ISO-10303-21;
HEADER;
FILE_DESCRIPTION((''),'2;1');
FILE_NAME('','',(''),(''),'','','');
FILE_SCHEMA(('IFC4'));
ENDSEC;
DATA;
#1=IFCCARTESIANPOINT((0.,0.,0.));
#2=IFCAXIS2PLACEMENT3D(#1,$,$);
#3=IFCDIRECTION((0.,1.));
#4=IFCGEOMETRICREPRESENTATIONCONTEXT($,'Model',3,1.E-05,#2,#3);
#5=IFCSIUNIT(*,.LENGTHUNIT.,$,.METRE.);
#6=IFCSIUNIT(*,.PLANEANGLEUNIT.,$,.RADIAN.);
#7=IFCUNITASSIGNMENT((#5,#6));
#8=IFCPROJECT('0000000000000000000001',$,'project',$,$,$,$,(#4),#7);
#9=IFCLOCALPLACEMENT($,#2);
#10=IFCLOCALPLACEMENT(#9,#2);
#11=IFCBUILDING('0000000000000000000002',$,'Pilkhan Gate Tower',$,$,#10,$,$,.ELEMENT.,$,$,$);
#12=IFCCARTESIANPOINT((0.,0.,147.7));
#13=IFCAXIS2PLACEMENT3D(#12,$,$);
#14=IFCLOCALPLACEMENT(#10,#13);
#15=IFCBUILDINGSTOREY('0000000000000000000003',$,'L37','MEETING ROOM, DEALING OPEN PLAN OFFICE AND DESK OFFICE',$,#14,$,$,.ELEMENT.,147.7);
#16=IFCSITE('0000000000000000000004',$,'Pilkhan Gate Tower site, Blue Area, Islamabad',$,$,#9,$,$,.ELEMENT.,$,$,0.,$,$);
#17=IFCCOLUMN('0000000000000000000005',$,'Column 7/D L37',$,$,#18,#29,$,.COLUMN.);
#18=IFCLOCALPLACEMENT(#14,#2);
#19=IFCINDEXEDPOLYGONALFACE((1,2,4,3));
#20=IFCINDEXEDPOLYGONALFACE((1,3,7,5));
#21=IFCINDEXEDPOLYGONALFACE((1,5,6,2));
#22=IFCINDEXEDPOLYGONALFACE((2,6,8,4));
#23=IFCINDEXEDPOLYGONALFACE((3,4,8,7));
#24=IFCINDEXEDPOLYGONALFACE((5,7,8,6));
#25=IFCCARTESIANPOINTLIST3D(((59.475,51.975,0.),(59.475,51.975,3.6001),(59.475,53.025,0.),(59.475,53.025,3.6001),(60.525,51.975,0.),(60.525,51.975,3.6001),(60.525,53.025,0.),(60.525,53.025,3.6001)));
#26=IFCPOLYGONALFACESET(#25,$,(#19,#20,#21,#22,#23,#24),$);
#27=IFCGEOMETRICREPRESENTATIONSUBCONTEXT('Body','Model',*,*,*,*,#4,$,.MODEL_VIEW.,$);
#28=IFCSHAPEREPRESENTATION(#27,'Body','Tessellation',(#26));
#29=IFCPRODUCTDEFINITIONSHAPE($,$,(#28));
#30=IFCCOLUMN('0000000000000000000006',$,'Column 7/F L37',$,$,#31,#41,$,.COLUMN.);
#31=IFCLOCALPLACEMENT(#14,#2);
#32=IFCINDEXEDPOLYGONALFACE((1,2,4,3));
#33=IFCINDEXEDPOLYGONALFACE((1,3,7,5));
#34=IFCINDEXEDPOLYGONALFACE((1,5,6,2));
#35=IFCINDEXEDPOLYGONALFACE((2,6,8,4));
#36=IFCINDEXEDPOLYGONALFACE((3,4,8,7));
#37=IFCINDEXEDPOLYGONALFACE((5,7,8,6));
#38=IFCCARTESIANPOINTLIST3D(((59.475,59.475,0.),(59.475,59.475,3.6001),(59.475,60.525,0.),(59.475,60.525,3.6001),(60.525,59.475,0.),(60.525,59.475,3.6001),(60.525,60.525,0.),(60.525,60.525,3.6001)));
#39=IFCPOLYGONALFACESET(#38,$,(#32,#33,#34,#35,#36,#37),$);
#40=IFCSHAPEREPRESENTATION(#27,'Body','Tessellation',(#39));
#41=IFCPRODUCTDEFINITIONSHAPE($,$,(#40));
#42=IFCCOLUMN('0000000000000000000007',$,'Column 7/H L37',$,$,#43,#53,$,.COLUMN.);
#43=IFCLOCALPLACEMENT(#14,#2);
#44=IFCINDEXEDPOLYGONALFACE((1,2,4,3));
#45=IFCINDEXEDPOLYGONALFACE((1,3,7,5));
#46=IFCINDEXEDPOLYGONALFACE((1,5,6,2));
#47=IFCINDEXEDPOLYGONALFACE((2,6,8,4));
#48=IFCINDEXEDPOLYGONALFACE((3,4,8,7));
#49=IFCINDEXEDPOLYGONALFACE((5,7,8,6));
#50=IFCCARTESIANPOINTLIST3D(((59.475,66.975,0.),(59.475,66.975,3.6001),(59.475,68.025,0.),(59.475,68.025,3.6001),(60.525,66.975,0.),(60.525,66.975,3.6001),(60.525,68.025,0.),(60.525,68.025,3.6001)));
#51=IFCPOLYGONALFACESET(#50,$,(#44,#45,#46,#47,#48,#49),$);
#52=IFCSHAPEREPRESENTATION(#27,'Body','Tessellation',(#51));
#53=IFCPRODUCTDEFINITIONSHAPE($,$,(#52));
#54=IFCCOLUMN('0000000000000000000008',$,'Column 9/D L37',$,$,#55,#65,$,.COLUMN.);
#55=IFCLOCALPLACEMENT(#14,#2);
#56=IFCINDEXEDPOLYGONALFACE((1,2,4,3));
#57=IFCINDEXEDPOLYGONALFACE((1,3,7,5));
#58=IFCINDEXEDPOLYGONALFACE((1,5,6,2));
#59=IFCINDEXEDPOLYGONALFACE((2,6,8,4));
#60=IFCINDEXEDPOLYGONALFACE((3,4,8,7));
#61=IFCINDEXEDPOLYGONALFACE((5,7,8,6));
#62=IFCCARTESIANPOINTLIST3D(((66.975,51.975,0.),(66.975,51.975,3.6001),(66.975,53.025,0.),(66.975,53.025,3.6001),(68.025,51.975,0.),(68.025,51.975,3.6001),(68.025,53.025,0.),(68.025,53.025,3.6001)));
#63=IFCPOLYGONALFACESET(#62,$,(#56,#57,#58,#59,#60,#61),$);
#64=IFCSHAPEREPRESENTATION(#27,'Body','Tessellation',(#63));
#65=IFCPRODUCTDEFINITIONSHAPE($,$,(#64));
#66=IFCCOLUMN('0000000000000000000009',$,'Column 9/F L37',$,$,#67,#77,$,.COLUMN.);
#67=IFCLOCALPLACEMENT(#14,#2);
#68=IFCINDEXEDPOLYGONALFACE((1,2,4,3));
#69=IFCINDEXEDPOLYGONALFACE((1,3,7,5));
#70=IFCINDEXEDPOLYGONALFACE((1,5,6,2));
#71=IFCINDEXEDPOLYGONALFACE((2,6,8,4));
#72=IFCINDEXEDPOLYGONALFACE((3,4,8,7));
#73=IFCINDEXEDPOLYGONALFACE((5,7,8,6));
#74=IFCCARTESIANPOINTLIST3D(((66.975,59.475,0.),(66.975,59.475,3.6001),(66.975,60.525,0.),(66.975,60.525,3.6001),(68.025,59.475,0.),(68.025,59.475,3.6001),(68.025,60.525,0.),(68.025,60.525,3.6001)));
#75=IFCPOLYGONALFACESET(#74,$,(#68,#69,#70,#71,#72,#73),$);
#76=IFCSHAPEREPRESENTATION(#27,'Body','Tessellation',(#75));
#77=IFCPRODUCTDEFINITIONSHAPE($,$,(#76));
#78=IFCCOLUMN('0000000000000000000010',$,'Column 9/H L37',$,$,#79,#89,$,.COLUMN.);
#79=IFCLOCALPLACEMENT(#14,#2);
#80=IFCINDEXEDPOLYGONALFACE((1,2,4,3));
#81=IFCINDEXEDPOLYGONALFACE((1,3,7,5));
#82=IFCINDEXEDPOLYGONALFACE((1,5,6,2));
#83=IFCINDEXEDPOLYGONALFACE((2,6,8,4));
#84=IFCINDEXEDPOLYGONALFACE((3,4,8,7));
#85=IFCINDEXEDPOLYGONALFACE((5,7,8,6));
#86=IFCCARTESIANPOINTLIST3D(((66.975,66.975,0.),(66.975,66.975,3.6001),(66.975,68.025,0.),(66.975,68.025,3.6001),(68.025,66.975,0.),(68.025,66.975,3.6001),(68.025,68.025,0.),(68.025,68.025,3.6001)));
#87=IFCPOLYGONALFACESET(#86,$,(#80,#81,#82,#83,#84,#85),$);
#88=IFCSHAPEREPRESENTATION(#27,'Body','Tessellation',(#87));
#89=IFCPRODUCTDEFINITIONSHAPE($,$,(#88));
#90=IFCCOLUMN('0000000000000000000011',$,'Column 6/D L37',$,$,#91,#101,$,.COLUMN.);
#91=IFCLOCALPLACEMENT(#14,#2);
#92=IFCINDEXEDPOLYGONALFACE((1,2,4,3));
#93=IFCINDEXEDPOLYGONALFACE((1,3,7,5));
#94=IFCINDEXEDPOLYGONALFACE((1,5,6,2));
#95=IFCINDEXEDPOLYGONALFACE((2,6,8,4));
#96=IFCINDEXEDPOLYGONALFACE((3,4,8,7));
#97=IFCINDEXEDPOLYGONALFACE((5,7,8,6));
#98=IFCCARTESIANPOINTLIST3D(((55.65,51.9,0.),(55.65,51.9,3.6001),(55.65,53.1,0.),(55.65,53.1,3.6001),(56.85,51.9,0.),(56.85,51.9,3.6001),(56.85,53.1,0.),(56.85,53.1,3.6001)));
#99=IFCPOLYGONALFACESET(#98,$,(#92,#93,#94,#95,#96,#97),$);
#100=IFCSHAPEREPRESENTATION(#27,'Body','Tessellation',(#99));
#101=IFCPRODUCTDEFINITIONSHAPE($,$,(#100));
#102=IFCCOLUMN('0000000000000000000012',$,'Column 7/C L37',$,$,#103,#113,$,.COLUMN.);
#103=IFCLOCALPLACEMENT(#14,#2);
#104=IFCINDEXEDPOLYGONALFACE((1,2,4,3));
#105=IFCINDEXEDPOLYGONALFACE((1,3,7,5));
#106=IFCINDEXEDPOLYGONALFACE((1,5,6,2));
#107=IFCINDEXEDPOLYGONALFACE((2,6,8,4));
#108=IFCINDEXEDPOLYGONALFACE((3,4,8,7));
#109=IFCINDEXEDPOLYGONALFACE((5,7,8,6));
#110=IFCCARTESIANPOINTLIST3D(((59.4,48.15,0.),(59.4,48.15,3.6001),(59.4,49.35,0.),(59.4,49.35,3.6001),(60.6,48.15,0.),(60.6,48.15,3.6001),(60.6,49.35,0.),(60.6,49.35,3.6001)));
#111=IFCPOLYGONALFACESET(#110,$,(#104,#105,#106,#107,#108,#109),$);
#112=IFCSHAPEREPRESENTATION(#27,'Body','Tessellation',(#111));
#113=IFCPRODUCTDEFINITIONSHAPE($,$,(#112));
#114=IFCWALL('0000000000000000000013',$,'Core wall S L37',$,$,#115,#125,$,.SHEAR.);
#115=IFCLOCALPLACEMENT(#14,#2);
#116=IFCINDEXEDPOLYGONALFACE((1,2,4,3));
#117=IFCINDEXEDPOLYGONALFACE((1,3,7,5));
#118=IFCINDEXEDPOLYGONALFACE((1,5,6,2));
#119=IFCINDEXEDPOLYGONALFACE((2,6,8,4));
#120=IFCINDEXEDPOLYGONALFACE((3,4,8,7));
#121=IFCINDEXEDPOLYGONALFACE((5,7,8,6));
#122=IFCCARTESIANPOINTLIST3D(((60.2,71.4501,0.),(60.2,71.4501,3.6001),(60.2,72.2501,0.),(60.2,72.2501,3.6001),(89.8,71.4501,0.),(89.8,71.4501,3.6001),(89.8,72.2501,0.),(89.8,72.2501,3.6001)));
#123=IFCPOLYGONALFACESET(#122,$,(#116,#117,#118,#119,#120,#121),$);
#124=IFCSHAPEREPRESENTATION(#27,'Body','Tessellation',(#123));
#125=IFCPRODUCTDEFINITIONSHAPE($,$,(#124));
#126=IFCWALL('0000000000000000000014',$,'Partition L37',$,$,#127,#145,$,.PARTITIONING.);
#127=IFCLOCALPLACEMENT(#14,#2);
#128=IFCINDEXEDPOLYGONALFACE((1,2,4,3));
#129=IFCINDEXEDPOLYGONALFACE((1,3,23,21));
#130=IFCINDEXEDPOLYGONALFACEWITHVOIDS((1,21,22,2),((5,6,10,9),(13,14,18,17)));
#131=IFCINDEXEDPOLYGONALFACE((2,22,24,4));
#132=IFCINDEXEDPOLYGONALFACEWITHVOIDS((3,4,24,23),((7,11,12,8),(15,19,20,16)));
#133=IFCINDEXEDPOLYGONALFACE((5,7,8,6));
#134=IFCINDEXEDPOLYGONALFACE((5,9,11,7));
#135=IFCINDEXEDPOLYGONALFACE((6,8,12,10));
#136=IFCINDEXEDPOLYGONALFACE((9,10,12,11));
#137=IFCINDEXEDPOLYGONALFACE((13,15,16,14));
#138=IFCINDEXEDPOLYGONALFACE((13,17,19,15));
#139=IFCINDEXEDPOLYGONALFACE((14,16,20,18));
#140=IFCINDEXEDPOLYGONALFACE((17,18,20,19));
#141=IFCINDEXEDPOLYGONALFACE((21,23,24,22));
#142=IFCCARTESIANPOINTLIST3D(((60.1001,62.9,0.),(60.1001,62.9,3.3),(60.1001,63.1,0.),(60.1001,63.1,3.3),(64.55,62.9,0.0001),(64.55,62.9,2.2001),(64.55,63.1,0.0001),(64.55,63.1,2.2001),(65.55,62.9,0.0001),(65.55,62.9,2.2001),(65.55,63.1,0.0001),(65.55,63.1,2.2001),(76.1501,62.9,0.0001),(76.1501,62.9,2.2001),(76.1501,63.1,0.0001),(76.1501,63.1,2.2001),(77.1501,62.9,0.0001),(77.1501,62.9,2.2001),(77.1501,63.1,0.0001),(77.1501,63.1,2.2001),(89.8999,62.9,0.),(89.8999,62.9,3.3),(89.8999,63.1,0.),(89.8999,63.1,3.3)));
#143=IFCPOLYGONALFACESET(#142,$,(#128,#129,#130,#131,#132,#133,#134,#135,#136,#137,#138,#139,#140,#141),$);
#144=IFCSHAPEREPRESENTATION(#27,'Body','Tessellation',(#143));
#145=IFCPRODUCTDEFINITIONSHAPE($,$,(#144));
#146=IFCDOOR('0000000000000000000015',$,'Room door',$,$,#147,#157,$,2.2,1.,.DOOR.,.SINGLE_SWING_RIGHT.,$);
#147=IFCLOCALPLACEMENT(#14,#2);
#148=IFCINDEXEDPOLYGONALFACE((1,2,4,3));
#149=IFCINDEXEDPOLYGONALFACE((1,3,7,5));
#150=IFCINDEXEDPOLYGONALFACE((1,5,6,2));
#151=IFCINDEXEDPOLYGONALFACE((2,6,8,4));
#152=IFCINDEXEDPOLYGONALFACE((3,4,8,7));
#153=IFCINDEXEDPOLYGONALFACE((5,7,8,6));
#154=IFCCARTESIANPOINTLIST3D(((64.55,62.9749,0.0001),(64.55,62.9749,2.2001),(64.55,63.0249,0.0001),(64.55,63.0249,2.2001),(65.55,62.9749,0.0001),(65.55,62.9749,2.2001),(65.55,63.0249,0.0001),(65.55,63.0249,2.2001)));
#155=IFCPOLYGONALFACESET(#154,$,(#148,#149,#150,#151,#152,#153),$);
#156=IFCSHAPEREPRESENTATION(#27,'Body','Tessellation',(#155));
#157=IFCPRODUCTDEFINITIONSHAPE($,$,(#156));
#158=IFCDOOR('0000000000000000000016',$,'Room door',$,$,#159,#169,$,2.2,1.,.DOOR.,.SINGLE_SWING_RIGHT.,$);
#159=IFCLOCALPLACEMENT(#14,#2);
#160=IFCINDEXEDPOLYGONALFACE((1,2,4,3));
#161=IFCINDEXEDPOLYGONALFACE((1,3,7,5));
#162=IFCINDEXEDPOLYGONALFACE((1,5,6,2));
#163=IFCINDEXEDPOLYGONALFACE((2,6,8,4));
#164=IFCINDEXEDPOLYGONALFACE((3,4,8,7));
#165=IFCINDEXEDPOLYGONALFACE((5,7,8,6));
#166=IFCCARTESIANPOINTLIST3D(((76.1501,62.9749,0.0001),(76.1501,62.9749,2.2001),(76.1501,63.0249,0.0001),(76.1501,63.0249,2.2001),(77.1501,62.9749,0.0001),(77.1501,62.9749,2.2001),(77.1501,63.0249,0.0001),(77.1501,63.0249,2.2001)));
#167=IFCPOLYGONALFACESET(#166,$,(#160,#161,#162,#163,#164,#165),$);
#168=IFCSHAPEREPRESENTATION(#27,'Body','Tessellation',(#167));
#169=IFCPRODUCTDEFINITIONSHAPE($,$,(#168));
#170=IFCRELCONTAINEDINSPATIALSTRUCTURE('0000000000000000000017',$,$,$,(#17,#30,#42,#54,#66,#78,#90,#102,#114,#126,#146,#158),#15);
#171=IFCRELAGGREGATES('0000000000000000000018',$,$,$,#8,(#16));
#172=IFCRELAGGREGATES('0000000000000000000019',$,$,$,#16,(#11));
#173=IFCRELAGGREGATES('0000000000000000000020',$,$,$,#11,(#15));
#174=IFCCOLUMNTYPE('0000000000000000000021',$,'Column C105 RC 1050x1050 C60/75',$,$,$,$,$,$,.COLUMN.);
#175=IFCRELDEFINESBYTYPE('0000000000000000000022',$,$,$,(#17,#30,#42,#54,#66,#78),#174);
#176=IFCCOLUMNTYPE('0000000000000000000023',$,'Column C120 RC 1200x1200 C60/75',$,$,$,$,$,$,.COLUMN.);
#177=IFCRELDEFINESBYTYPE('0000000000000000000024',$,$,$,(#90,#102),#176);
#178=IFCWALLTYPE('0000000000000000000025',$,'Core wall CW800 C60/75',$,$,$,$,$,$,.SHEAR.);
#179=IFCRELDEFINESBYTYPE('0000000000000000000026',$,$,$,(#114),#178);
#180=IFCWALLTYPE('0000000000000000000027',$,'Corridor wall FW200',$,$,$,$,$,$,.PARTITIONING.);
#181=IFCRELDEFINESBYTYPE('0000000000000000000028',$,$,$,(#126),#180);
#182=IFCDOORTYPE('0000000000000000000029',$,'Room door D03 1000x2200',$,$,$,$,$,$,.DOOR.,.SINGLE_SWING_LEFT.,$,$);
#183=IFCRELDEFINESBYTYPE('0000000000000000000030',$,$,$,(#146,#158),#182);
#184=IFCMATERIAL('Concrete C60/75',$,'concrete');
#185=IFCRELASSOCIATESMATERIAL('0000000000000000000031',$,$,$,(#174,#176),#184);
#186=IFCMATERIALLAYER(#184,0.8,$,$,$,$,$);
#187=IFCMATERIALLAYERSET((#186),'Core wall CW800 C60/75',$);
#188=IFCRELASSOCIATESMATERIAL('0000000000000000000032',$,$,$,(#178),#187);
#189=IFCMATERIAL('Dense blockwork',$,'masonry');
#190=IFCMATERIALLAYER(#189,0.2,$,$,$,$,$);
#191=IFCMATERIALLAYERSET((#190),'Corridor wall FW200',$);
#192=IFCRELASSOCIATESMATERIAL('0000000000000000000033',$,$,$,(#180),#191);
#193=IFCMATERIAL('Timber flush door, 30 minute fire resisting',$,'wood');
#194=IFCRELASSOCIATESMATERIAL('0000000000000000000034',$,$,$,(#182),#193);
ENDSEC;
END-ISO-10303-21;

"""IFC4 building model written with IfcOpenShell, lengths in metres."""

from ifc_helpers import new_model, si_unit, direction, frame, frame_2d, origin, origin_2d, place, context, subcontext, project, spatial, rectangle, extrude, material, layer, layer_set, material_profile, profile_set, type_object, element, fill, save


model = new_model("IFC4")

# Units and contexts
model_context = context("Model", 3, precision=1e-05, world=origin(), true_north=direction((0.0, 1.0)))
body_context = subcontext(model_context, "Body", "Model", "MODEL_VIEW")
ifc_project = project(units=[si_unit("LENGTHUNIT", "METRE"), si_unit("PLANEANGLEUNIT", "RADIAN")], contexts=[model_context])

# Site, building, storey
site_placement = place(None, origin())
site = spatial("IfcSite", under=ifc_project, at=site_placement, Name="Pilkhan Gate Tower site, Blue Area, Islamabad", CompositionType="ELEMENT", RefElevation=0.0)
building_placement = place(site_placement, origin())
building = spatial("IfcBuilding", under=site, at=building_placement, Name="Pilkhan Gate Tower", CompositionType="ELEMENT")
storey_placement = place(building_placement, frame((0.0, 0.0, 147.7)))
storey = spatial("IfcBuildingStorey", under=building, at=storey_placement, Name="L37", Description="MEETING ROOM, DEALING OPEN PLAN OFFICE AND DESK OFFICE", CompositionType="ELEMENT", Elevation=147.7)

# Columns
ifc_material_1 = material(Name="Concrete C60/75", Category="concrete")
ifc_material_profile_1 = material_profile(ifc_material_1, rectangle(XDim=1.05, YDim=1.05, at=origin_2d()), Name="RC 1050x1050")
ifc_profile_set_1 = profile_set([ifc_material_profile_1], Name="Concrete C60/75")
column_type_1 = type_object("IfcColumnType", Name="Column C105 RC 1050x1050 C60/75", PredefinedType="COLUMN", material=ifc_profile_set_1)
for number, where, z_axis, x_axis, name in (
    (1, (60.0, 52.5, 0.0), (0.0, 0.0, 1.0), (1.0, 0.0, 0.0), "Column 7/D L37"),
    (2, (60.0, 60.0, 0.0), (0.0, 0.0, 1.0), (1.0, 0.0, 0.0), "Column 7/F L37"),
    (3, (60.0, 67.5, 0.0), (0.0, 0.0, 1.0), (1.0, 0.0, 0.0), "Column 7/H L37"),
    (4, (67.5, 52.5, 0.0), (0.0, 0.0, 1.0), (1.0, 0.0, 0.0), "Column 9/D L37"),
    (5, (67.5, 60.0, 0.0), (0.0, 0.0, 1.0), (1.0, 0.0, 0.0), "Column 9/F L37"),
    (6, (67.5, 67.5, 0.0), (0.0, 0.0, 1.0), (1.0, 0.0, 0.0), "Column 9/H L37"),
):
    element("IfcColumn", number, at=place(storey_placement, frame(where, z_axis=z_axis, x_axis=x_axis)), inside=storey, type_object=column_type_1, Name=name, PredefinedType="COLUMN", context=body_context, shape_type="SweptSolid", body=[
        extrude(rectangle(XDim=1.05, YDim=1.05, at=origin_2d()), origin(), (0.0, 0.0, 1.0), 3.6001),
    ])
ifc_material_profile_2 = material_profile(ifc_material_1, rectangle(XDim=1.2, YDim=1.2, at=origin_2d()), Name="RC 1200x1200")
ifc_profile_set_2 = profile_set([ifc_material_profile_2], Name="Concrete C60/75")
column_type_2 = type_object("IfcColumnType", Name="Column C120 RC 1200x1200 C60/75", PredefinedType="COLUMN", material=ifc_profile_set_2)
for number, where, z_axis, x_axis, name in (
    (7, (56.25, 52.5, 0.0), (0.0, 0.0, 1.0), (1.0, 0.0, 0.0), "Column 6/D L37"),
    (8, (60.0, 48.75, 0.0), (0.0, 0.0, 1.0), (1.0, 0.0, 0.0), "Column 7/C L37"),
):
    element("IfcColumn", number, at=place(storey_placement, frame(where, z_axis=z_axis, x_axis=x_axis)), inside=storey, type_object=column_type_2, Name=name, PredefinedType="COLUMN", context=body_context, shape_type="SweptSolid", body=[
        extrude(rectangle(XDim=1.2, YDim=1.2, at=origin_2d()), origin(), (0.0, 0.0, 1.0), 3.6001),
    ])

# Wall
ifc_layer_1 = layer(ifc_material_1, 0.8)
ifc_layer_set_1 = layer_set([ifc_layer_1], Name="Core wall CW800 C60/75")
wall_type_1 = type_object("IfcWallType", Name="Core wall CW800 C60/75", PredefinedType="SHEAR", material=ifc_layer_set_1)
wall_1_placement = place(storey_placement, frame((60.2, 71.8501, 0.0), z_axis=(0.0, 0.0, 1.0), x_axis=(1.0, 0.0, 0.0)))
element("IfcWall", 9, at=wall_1_placement, inside=storey, type_object=wall_type_1, Name="Core wall S L37", PredefinedType="SHEAR", context=body_context, shape_type="SweptSolid", body=[
    extrude(rectangle(XDim=29.6001, YDim=0.8, at=frame_2d((14.8, 0.0))), origin(), (0.0, 0.0, 1.0), 3.6001),
])

# Wall, openings, doors
ifc_material_2 = material(Name="Dense blockwork", Category="masonry")
ifc_layer_2 = layer(ifc_material_2, 0.2)
ifc_layer_set_2 = layer_set([ifc_layer_2], Name="Corridor wall FW200")
wall_type_2 = type_object("IfcWallType", Name="Corridor wall FW200", PredefinedType="PARTITIONING", material=ifc_layer_set_2)
wall_2_placement = place(storey_placement, frame((60.1001, 63.0, 0.0), z_axis=(0.0, 0.0, 1.0), x_axis=(1.0, 0.0, 0.0)))
wall_2 = element("IfcWall", 10, at=wall_2_placement, inside=storey, type_object=wall_type_2, Name="Partition L37", PredefinedType="PARTITIONING", context=body_context, shape_type="SweptSolid", body=[
    extrude(rectangle(XDim=29.7998, YDim=0.2, at=frame_2d((14.8999, 0.0))), origin(), (0.0, 0.0, 1.0), 3.3),
])
opening_1_placement = place(wall_2_placement, frame((4.45, 0.0, 0.0)))
opening_1 = element("IfcOpeningElement", 11, at=opening_1_placement, cuts=wall_2, PredefinedType="OPENING", context=body_context, shape_type="SweptSolid", body=[
    extrude(rectangle(XDim=1.0, YDim=2.2, at=frame_2d((0.5, 1.1001))), frame((0.0, 0.1099, 0.0), z_axis=(0.0, -1.0, 0.0), x_axis=(1.0, 0.0, 0.0)), (0.0, 0.0, 1.0), 0.22),
])
opening_2_placement = place(wall_2_placement, frame((16.05, 0.0, 0.0)))
opening_2 = element("IfcOpeningElement", 12, at=opening_2_placement, cuts=wall_2, PredefinedType="OPENING", context=body_context, shape_type="SweptSolid", body=[
    extrude(rectangle(XDim=1.0, YDim=2.2, at=frame_2d((0.5, 1.1001))), frame((0.0, 0.1099, 0.0), z_axis=(0.0, -1.0, 0.0), x_axis=(1.0, 0.0, 0.0)), (0.0, 0.0, 1.0), 0.22),
])
ifc_material_3 = material(Name="Timber flush door, 30 minute fire resisting", Category="wood")
door_type = type_object("IfcDoorType", Name="Room door D03 1000x2200", OperationType="SINGLE_SWING_LEFT", PredefinedType="DOOR", material=ifc_material_3)
door_1_placement = place(opening_1_placement, origin())
door_1 = element("IfcDoor", 13, at=door_1_placement, inside=storey, type_object=door_type, Name="Room door", OperationType="SINGLE_SWING_RIGHT", OverallHeight=2.2, OverallWidth=1.0, PredefinedType="DOOR", context=body_context, shape_type="SweptSolid", body=[
    extrude(rectangle(XDim=1.0, YDim=2.2, at=frame_2d((0.5, 1.1001))), frame((0.0, 0.0249, 0.0), z_axis=(0.0, -1.0, 0.0), x_axis=(1.0, 0.0, 0.0)), (0.0, 0.0, 1.0), 0.05),
])
fill(opening_1, door_1)
door_2_placement = place(opening_2_placement, origin())
door_2 = element("IfcDoor", 14, at=door_2_placement, inside=storey, type_object=door_type, Name="Room door", OperationType="SINGLE_SWING_RIGHT", OverallHeight=2.2, OverallWidth=1.0, PredefinedType="DOOR", context=body_context, shape_type="SweptSolid", body=[
    extrude(rectangle(XDim=1.0, YDim=2.2, at=frame_2d((0.5, 1.1001))), frame((0.0, 0.0249, 0.0), z_axis=(0.0, -1.0, 0.0), x_axis=(1.0, 0.0, 0.0)), (0.0, 0.0, 1.0), 0.05),
])
fill(opening_2, door_2)

save(model, "model.ifc")
